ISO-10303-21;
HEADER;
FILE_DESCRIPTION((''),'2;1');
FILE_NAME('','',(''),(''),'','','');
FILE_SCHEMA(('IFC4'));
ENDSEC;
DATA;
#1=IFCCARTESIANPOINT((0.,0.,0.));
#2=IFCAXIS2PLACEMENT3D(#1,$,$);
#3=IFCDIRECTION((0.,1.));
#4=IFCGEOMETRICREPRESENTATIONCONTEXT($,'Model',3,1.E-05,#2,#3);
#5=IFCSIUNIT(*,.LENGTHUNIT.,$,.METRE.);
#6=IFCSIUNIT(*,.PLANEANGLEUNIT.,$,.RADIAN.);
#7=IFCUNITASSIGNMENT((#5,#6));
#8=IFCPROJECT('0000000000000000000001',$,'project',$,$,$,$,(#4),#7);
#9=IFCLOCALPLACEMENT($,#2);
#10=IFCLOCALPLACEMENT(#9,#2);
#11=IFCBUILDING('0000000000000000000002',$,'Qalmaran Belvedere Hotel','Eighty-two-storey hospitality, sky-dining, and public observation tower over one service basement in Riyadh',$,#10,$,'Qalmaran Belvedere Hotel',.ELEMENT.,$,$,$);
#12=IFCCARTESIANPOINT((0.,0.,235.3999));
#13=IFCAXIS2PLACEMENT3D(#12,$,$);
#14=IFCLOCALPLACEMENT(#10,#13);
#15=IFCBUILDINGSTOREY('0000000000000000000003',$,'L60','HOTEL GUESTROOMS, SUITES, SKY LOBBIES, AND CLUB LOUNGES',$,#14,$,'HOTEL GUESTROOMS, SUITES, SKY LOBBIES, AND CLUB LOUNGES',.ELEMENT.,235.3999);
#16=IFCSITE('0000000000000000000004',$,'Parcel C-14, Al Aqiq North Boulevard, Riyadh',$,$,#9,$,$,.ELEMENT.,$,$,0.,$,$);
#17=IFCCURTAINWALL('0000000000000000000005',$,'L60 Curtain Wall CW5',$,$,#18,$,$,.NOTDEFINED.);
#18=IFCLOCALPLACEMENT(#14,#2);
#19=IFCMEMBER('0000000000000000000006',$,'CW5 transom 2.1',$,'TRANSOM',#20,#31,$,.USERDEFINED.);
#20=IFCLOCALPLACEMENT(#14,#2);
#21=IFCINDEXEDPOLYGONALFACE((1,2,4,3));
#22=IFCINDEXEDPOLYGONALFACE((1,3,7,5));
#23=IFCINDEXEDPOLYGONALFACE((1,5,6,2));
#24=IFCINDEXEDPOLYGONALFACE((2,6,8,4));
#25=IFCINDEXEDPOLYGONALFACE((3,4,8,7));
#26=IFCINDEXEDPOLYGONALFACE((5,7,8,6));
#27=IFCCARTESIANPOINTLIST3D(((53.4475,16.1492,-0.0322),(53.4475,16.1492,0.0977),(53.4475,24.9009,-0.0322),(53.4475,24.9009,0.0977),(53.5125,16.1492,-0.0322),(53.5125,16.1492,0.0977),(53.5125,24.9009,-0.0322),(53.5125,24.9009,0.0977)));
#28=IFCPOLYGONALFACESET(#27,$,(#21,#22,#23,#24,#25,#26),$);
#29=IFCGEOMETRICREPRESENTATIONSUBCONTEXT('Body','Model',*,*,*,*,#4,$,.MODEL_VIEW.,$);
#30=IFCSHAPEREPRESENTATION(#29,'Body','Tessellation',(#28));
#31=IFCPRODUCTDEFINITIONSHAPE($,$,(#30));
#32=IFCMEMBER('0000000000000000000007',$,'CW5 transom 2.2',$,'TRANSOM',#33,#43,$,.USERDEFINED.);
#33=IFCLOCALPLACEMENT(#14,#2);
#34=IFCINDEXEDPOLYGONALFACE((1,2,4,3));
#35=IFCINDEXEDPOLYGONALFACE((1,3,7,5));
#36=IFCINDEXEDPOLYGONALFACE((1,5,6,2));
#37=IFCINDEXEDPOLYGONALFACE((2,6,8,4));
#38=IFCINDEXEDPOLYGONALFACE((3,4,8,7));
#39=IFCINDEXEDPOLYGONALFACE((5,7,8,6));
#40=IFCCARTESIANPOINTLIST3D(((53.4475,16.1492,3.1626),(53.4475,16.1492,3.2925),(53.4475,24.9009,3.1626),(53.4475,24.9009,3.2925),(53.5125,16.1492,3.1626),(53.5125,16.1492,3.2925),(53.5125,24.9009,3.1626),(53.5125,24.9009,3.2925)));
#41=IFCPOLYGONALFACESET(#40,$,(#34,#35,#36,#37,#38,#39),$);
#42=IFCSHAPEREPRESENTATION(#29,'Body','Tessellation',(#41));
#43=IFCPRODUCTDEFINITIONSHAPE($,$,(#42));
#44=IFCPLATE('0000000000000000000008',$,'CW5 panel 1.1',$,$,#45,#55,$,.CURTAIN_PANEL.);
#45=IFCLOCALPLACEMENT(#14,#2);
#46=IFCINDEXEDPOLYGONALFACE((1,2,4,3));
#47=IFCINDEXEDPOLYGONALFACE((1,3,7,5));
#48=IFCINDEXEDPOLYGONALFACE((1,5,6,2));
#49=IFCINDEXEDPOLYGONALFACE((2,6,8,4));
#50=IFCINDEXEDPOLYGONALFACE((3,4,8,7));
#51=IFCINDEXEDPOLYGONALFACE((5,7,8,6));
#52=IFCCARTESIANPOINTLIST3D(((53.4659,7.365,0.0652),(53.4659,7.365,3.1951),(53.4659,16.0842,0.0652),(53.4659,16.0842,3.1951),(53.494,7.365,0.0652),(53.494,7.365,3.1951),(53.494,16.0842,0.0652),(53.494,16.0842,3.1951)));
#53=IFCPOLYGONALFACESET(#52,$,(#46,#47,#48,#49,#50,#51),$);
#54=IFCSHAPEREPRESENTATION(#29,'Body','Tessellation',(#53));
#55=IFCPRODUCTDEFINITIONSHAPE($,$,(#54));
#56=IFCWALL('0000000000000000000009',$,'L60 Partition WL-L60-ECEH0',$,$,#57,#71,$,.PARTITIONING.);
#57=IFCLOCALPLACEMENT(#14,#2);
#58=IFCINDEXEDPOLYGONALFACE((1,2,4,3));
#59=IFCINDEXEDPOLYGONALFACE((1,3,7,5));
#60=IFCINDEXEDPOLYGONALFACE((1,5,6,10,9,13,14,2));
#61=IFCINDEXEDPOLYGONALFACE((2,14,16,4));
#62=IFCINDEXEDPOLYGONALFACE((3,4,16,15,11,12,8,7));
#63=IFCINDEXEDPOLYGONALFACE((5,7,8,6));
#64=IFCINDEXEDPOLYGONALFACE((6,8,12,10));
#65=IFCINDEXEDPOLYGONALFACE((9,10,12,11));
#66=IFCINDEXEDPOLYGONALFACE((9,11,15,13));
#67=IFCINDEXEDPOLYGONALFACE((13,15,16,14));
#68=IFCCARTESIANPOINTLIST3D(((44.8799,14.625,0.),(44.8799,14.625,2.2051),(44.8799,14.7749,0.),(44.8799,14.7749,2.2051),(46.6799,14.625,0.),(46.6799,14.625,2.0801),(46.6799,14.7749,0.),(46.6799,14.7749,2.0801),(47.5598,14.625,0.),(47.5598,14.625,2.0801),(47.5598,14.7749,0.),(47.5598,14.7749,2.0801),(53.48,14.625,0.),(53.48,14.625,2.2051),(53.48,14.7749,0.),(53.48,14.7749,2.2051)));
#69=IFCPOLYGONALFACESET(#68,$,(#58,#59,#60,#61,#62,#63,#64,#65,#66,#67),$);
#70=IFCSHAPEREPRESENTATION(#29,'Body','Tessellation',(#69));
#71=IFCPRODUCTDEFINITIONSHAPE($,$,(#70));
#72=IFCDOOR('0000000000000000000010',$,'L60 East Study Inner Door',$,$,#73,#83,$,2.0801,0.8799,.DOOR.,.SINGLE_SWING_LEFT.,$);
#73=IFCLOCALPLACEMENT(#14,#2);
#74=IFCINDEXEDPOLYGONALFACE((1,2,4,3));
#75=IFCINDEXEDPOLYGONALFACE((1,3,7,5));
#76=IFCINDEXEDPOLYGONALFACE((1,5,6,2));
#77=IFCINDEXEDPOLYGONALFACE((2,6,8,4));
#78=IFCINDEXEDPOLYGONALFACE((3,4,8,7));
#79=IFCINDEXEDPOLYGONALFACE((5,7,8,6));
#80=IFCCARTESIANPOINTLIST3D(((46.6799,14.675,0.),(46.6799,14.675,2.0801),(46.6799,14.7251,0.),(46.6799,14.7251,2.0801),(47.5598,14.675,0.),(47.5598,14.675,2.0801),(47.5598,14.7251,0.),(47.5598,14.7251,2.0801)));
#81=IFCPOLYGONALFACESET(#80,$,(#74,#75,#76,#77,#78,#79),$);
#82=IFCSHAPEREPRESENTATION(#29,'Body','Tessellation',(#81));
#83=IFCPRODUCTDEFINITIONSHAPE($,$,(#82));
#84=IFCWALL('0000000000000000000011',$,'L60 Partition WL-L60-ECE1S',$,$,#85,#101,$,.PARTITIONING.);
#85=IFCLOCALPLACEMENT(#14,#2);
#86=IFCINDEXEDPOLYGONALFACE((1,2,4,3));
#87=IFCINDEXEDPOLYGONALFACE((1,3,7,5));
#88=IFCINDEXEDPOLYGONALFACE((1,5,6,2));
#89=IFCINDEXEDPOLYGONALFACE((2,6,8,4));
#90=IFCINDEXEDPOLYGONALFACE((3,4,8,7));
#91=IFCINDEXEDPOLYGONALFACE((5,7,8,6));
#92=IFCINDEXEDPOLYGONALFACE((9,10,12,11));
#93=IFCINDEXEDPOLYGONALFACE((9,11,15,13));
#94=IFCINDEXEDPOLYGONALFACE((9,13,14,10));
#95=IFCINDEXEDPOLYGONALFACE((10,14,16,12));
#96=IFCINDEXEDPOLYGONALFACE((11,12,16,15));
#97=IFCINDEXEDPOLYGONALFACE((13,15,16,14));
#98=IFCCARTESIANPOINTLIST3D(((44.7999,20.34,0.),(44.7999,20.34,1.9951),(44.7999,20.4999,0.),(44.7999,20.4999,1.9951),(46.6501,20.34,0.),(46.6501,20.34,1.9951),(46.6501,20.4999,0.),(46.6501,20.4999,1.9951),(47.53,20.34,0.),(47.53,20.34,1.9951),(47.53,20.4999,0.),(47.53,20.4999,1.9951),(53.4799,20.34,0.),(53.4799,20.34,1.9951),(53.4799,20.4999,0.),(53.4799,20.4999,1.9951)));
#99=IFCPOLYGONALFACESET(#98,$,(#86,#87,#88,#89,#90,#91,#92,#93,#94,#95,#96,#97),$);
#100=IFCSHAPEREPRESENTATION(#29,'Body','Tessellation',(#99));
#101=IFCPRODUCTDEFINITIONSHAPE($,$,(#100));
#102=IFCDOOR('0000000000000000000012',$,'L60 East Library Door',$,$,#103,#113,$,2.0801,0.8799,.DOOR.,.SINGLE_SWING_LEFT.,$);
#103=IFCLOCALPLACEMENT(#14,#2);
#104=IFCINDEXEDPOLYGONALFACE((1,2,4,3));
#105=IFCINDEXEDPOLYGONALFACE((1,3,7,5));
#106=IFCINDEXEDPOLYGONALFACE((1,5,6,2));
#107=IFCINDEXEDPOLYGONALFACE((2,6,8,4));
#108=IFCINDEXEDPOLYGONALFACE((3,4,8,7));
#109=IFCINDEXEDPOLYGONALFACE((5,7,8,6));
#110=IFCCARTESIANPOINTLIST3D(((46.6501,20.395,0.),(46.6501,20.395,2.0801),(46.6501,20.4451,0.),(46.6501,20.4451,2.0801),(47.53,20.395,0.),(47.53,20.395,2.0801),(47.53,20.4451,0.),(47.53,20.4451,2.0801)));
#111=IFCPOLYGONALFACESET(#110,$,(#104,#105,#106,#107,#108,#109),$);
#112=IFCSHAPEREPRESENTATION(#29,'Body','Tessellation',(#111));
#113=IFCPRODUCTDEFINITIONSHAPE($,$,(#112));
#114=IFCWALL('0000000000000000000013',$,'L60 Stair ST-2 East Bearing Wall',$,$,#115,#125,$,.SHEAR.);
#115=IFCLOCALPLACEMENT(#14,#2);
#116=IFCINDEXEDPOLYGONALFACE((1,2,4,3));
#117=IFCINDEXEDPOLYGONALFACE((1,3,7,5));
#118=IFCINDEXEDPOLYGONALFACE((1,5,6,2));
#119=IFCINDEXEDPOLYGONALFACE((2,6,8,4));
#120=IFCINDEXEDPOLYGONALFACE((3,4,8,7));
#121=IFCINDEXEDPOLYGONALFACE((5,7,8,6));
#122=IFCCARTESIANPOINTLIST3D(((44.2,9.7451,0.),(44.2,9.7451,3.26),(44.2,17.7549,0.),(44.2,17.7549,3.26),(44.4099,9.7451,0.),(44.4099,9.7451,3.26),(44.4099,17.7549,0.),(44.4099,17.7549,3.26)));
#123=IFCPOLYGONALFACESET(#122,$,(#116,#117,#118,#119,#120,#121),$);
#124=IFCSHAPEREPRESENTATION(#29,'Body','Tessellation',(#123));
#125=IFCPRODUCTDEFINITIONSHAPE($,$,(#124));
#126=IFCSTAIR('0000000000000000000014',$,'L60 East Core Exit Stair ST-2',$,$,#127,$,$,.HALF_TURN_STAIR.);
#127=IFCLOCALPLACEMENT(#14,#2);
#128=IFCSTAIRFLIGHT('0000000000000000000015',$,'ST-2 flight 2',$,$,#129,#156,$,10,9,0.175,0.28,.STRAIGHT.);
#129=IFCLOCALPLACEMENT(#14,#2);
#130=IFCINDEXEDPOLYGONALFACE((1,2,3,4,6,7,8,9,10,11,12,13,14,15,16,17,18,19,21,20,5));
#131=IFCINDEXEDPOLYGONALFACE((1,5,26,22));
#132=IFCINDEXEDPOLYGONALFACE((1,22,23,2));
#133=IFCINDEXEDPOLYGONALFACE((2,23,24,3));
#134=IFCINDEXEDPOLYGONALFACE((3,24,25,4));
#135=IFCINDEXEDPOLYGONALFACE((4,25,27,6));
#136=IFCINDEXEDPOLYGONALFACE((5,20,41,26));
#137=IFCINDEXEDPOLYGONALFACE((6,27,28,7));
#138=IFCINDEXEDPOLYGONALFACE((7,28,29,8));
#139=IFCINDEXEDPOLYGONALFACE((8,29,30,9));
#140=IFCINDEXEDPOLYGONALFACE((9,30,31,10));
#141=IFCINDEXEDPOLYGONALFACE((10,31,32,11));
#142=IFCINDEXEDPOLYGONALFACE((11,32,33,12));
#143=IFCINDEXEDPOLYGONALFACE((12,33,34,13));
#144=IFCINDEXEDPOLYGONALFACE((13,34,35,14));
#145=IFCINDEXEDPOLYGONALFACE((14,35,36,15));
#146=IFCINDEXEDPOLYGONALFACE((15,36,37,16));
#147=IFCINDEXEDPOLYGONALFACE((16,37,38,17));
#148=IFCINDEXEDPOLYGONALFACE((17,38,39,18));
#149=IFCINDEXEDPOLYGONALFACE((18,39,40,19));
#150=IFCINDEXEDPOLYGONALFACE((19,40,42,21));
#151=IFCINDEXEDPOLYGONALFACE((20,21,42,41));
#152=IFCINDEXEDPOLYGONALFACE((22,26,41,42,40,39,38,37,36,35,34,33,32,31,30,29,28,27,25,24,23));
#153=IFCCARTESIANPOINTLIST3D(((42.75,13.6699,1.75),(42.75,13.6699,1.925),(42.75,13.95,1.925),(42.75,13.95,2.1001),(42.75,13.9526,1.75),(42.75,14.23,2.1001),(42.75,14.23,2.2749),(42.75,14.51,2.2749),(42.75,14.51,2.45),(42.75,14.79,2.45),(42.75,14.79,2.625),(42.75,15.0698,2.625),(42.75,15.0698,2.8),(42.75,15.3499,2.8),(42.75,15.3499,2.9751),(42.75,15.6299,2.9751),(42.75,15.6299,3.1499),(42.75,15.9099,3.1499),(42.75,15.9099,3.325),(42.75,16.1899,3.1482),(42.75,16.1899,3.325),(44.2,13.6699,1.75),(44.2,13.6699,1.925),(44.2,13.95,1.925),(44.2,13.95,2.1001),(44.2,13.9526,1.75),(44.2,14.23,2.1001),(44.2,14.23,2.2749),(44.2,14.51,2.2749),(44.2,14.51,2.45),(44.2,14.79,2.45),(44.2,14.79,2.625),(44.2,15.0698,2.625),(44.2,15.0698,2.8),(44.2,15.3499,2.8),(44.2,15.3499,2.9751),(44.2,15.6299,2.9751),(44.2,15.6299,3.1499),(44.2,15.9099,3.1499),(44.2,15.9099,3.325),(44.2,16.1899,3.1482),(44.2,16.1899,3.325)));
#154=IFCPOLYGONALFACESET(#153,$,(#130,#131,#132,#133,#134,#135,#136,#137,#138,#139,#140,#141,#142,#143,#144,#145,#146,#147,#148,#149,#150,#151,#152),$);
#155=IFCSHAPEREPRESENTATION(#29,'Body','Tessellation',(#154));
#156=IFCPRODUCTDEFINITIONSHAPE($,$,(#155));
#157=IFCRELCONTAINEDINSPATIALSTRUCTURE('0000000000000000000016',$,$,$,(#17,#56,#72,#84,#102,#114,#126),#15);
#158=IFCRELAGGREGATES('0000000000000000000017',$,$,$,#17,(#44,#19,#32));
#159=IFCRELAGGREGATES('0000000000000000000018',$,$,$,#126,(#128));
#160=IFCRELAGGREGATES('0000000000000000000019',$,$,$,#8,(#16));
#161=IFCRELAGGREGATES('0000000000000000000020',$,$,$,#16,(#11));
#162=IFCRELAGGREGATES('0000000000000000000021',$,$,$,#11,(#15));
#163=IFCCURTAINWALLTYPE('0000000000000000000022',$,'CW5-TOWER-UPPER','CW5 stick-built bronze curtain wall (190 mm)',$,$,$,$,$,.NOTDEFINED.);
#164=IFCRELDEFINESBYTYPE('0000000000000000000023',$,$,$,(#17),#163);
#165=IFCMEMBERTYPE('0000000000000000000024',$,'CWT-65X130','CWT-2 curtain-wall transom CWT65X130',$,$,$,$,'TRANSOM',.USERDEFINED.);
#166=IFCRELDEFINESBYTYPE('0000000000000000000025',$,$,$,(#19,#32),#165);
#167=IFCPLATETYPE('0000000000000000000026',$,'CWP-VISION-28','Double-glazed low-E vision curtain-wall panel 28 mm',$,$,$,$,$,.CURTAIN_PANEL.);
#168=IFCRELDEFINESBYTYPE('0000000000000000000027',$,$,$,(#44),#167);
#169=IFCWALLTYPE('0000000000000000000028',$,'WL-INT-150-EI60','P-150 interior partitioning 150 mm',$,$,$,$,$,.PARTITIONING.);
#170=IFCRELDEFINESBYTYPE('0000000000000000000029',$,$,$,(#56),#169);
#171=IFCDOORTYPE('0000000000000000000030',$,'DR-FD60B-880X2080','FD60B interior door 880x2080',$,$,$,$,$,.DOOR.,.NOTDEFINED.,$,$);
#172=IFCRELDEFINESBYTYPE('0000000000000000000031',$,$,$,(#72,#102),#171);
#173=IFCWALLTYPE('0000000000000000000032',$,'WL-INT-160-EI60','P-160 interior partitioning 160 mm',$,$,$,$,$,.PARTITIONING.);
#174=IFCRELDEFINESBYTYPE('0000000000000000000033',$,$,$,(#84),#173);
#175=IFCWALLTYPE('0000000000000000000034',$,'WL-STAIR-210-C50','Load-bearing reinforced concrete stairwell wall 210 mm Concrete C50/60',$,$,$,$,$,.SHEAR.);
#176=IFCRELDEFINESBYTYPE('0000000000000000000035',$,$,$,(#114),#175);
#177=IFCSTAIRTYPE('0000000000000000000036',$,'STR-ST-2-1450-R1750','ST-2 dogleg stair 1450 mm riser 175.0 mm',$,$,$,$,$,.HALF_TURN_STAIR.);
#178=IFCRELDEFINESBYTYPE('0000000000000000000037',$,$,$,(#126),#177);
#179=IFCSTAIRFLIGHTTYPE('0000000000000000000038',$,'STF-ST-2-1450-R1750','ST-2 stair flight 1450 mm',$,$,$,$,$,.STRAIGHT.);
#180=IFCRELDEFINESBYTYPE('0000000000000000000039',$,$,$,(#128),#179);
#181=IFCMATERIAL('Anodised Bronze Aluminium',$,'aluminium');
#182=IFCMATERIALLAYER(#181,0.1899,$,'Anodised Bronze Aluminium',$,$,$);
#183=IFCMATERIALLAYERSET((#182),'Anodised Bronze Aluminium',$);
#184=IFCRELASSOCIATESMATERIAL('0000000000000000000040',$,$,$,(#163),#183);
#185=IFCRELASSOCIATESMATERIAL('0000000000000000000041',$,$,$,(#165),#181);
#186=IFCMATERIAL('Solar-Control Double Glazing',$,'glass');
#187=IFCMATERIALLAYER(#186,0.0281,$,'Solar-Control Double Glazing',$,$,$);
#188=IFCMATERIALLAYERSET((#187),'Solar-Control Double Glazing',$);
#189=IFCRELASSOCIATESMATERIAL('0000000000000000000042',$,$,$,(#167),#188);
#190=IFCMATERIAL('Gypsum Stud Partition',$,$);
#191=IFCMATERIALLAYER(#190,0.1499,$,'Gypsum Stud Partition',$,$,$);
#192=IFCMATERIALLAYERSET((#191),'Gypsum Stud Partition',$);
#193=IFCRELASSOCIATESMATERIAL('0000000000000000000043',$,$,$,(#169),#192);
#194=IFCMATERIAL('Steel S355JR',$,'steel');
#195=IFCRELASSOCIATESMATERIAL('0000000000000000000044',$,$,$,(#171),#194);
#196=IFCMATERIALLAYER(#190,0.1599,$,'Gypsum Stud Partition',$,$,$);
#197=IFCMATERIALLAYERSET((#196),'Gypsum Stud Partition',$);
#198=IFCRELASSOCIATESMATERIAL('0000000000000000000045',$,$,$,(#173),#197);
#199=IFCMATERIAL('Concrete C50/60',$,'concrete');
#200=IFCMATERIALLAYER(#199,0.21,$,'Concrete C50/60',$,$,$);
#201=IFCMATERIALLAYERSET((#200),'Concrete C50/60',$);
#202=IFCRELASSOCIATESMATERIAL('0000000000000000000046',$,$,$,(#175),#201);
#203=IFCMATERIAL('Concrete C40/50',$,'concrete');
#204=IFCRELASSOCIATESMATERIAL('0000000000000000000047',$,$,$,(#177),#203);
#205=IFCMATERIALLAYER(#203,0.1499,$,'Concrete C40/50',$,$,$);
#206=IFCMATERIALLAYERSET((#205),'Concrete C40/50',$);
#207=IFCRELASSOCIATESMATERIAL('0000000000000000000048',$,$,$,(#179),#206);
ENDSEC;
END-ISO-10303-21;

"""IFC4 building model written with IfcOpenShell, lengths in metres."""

from ifc_helpers import new_model, si_unit, direction, frame, frame_2d, origin, origin_2d, place, context, subcontext, project, spatial, polyline, rectangle, outline, extrude, material, layer, layer_set, material_profile, profile_set, type_object, element, fill, aggregate, save


model = new_model("IFC4")

# Units and contexts
model_context = context("Model", 3, precision=1e-05, world=origin(), true_north=direction((0.0, 1.0)))
body_context = subcontext(model_context, "Body", "Model", "MODEL_VIEW")
ifc_project = project(units=[si_unit("LENGTHUNIT", "METRE"), si_unit("PLANEANGLEUNIT", "RADIAN")], contexts=[model_context])

# Site, building, storey
site_placement = place(None, origin())
site = spatial("IfcSite", under=ifc_project, at=site_placement, Name="Parcel C-14, Al Aqiq North Boulevard, Riyadh", CompositionType="ELEMENT", RefElevation=0.0)
building_placement = place(site_placement, origin())
building = spatial("IfcBuilding", under=site, at=building_placement, Name="Qalmaran Belvedere Hotel", Description="Eighty-two-storey hospitality, sky-dining, and public observation tower over one service basement in Riyadh", LongName="Qalmaran Belvedere Hotel", CompositionType="ELEMENT")
storey_placement = place(building_placement, frame((0.0, 0.0, 235.3999)))
storey = spatial("IfcBuildingStorey", under=building, at=storey_placement, Name="L60", Description="HOTEL GUESTROOMS, SUITES, SKY LOBBIES, AND CLUB LOUNGES", LongName="HOTEL GUESTROOMS, SUITES, SKY LOBBIES, AND CLUB LOUNGES", CompositionType="ELEMENT", Elevation=235.3999)

# Shared definitions
ifc_material_1 = material(Name="Concrete C50/60", Category="concrete")

# Shared definitions
ifc_material_2 = material(Name="Steel S355JR", Category="steel")

# Curtain wall, members, plate
ifc_material_3 = material(Name="Anodised Bronze Aluminium", Category="aluminium")
ifc_layer_1 = layer(ifc_material_3, 0.1899, Name="Anodised Bronze Aluminium")
ifc_layer_set_1 = layer_set([ifc_layer_1], Name="Anodised Bronze Aluminium")
curtain_wall_type = type_object("IfcCurtainWallType", Name="CW5-TOWER-UPPER", Description="CW5 stick-built bronze curtain wall (190 mm)", PredefinedType="NOTDEFINED", material=ifc_layer_set_1)
curtain_wall_placement = place(storey_placement, origin())
curtain_wall = element("IfcCurtainWall", 1, at=curtain_wall_placement, inside=storey, type_object=curtain_wall_type, Name="L60 Curtain Wall CW5", PredefinedType="NOTDEFINED")
ifc_material_profile_1 = material_profile(ifc_material_3, rectangle(XDim=0.0649, YDim=0.1299, at=origin_2d()), Name="CWT65X130")
ifc_profile_set_1 = profile_set([ifc_material_profile_1], Name="Anodised Bronze Aluminium")
member_type_1 = type_object("IfcMemberType", Name="CWT-65X130", Description="CWT-2 curtain-wall transom CWT65X130", ElementType="TRANSOM", PredefinedType="USERDEFINED", material=ifc_profile_set_1)
member_1_placement = place(storey_placement, frame((53.48, 16.1492, 0.0327), z_axis=(0.0, 1.0, 0.0), x_axis=(-1.0, 0.0, 0.0)))
member_1 = element("IfcMember", 2, at=member_1_placement, type_object=member_type_1, Name="CW5 transom 2.1", ObjectType="TRANSOM", PredefinedType="USERDEFINED", context=body_context, shape_type="SweptSolid", body=[
    extrude(rectangle(XDim=0.0649, YDim=0.1299, at=origin_2d()), origin(), (0.0, 0.0, 1.0), 8.7517),
])
member_2_placement = place(storey_placement, frame((53.48, 16.1492, 3.2275), z_axis=(0.0, 1.0, 0.0), x_axis=(-1.0, 0.0, 0.0)))
member_2 = element("IfcMember", 3, at=member_2_placement, type_object=member_type_1, Name="CW5 transom 2.2", ObjectType="TRANSOM", PredefinedType="USERDEFINED", context=body_context, shape_type="SweptSolid", body=[
    extrude(rectangle(XDim=0.0649, YDim=0.1299, at=origin_2d()), origin(), (0.0, 0.0, 1.0), 8.7517),
])
ifc_material_4 = material(Name="Solar-Control Double Glazing", Category="glass")
ifc_layer_2 = layer(ifc_material_4, 0.0281, Name="Solar-Control Double Glazing")
ifc_layer_set_2 = layer_set([ifc_layer_2], Name="Solar-Control Double Glazing")
plate_type = type_object("IfcPlateType", Name="CWP-VISION-28", Description="Double-glazed low-E vision curtain-wall panel 28 mm", PredefinedType="CURTAIN_PANEL", material=ifc_layer_set_2)
plate_placement = place(storey_placement, frame((53.48, 11.7246, 0.0652), z_axis=(0.0, 0.0, 1.0), x_axis=(0.0, 1.0, 0.0)))
plate = element("IfcPlate", 4, at=plate_placement, type_object=plate_type, Name="CW5 panel 1.1", PredefinedType="CURTAIN_PANEL", context=body_context, shape_type="SweptSolid", body=[
    extrude(rectangle(XDim=8.7192, YDim=0.0281, at=origin_2d()), origin(), (0.0, 0.0, 1.0), 3.1299),
])
aggregate(curtain_wall, [plate, member_1, member_2])

# Walls, openings, doors
ifc_material_5 = material(Name="Gypsum Stud Partition")
ifc_layer_3 = layer(ifc_material_5, 0.1499, Name="Gypsum Stud Partition")
ifc_layer_set_3 = layer_set([ifc_layer_3], Name="Gypsum Stud Partition")
wall_type_1 = type_object("IfcWallType", Name="WL-INT-150-EI60", Description="P-150 interior partitioning 150 mm", PredefinedType="PARTITIONING", material=ifc_layer_set_3)
wall_1_placement = place(storey_placement, frame((44.8799, 14.7, 0.0), z_axis=(0.0, 0.0, 1.0), x_axis=(1.0, 0.0, 0.0)))
wall_1 = element("IfcWall", 5, at=wall_1_placement, inside=storey, type_object=wall_type_1, Name="L60 Partition WL-L60-ECEH0", PredefinedType="PARTITIONING", context=body_context, shape_type="SweptSolid", body=[
    extrude(rectangle(XDim=8.6001, YDim=0.1499, at=frame_2d((4.3, 0.0))), origin(), (0.0, 0.0, 1.0), 2.2051),
])
opening_1_placement = place(wall_1_placement, frame((2.6799, 0.0, 0.0), z_axis=(0.0, 0.0, 1.0), x_axis=(-1.0, 0.0, 0.0)))
opening_1 = element("IfcOpeningElement", 6, at=opening_1_placement, cuts=wall_1, PredefinedType="OPENING", context=body_context, shape_type="SweptSolid", body=[
    extrude(rectangle(XDim=0.8799, YDim=2.0801, at=frame_2d((0.4399, 1.04))), frame((0.0, 0.085, 0.0), z_axis=(0.0, -1.0, 0.0), x_axis=(1.0, 0.0, 0.0)), (0.0, 0.0, 1.0), 0.1699),
])
door_type = type_object("IfcDoorType", Name="DR-FD60B-880X2080", Description="FD60B interior door 880x2080", OperationType="NOTDEFINED", PredefinedType="DOOR", material=ifc_material_2)
door_1_placement = place(opening_1_placement, origin())
door_1 = element("IfcDoor", 7, at=door_1_placement, inside=storey, type_object=door_type, Name="L60 East Study Inner Door", OperationType="SINGLE_SWING_LEFT", OverallHeight=2.0801, OverallWidth=0.8799, PredefinedType="DOOR", context=body_context, shape_type="SweptSolid", body=[
    extrude(rectangle(XDim=0.8799, YDim=2.0801, at=frame_2d((0.4399, 1.04))), frame((0.0, 0.0249, 0.0), z_axis=(0.0, -1.0, 0.0), x_axis=(1.0, 0.0, 0.0)), (0.0, 0.0, 1.0), 0.05),
])
fill(opening_1, door_1)
ifc_layer_4 = layer(ifc_material_5, 0.1599, Name="Gypsum Stud Partition")
ifc_layer_set_4 = layer_set([ifc_layer_4], Name="Gypsum Stud Partition")
wall_type_2 = type_object("IfcWallType", Name="WL-INT-160-EI60", Description="P-160 interior partitioning 160 mm", PredefinedType="PARTITIONING", material=ifc_layer_set_4)
wall_2_placement = place(storey_placement, frame((44.8, 20.4199, 0.0), z_axis=(0.0, 0.0, 1.0), x_axis=(1.0, 0.0, 0.0)))
wall_2 = element("IfcWall", 8, at=wall_2_placement, inside=storey, type_object=wall_type_2, Name="L60 Partition WL-L60-ECE1S", PredefinedType="PARTITIONING", context=body_context, shape_type="SweptSolid", body=[
    extrude(rectangle(XDim=8.6799, YDim=0.1599, at=frame_2d((4.3398, 0.0))), origin(), (0.0, 0.0, 1.0), 1.9951),
])
opening_2_placement = place(wall_2_placement, frame((2.73, 0.0, 0.0), z_axis=(0.0, 0.0, 1.0), x_axis=(-1.0, 0.0, 0.0)))
opening_2 = element("IfcOpeningElement", 9, at=opening_2_placement, cuts=wall_2, PredefinedType="OPENING", context=body_context, shape_type="SweptSolid", body=[
    extrude(rectangle(XDim=0.8799, YDim=2.0801, at=frame_2d((0.4399, 1.04))), frame((0.0, 0.0898, 0.0), z_axis=(0.0, -1.0, 0.0), x_axis=(1.0, 0.0, 0.0)), (0.0, 0.0, 1.0), 0.1799),
])
door_2_placement = place(opening_2_placement, origin())
door_2 = element("IfcDoor", 10, at=door_2_placement, inside=storey, type_object=door_type, Name="L60 East Library Door", OperationType="SINGLE_SWING_LEFT", OverallHeight=2.0801, OverallWidth=0.8799, PredefinedType="DOOR", context=body_context, shape_type="SweptSolid", body=[
    extrude(rectangle(XDim=0.8799, YDim=2.0801, at=frame_2d((0.4399, 1.04))), frame((0.0, 0.0249, 0.0), z_axis=(0.0, -1.0, 0.0), x_axis=(1.0, 0.0, 0.0)), (0.0, 0.0, 1.0), 0.05),
])
fill(opening_2, door_2)

# Wall
ifc_layer_5 = layer(ifc_material_1, 0.21, Name="Concrete C50/60")
ifc_layer_set_5 = layer_set([ifc_layer_5], Name="Concrete C50/60")
wall_type_3 = type_object("IfcWallType", Name="WL-STAIR-210-C50", Description="Load-bearing reinforced concrete stairwell wall 210 mm Concrete C50/60", PredefinedType="SHEAR", material=ifc_layer_set_5)
wall_3_placement = place(storey_placement, frame((44.3049, 9.7451, 0.0), z_axis=(0.0, 0.0, 1.0), x_axis=(0.0, 1.0, 0.0)))
element("IfcWall", 11, at=wall_3_placement, inside=storey, type_object=wall_type_3, Name="L60 Stair ST-2 East Bearing Wall", PredefinedType="SHEAR", context=body_context, shape_type="SweptSolid", body=[
    extrude(rectangle(XDim=8.0098, YDim=0.21, at=frame_2d((4.0049, 0.0))), origin(), (0.0, 0.0, 1.0), 3.26),
])

# Stair, stair flight
ifc_material_6 = material(Name="Concrete C40/50", Category="concrete")
stair_type = type_object("IfcStairType", Name="STR-ST-2-1450-R1750", Description="ST-2 dogleg stair 1450 mm riser 175.0 mm", PredefinedType="HALF_TURN_STAIR", material=ifc_material_6)
stair_placement = place(storey_placement, origin())
stair = element("IfcStair", 12, at=stair_placement, inside=storey, type_object=stair_type, Name="L60 East Core Exit Stair ST-2", PredefinedType="HALF_TURN_STAIR")
ifc_layer_6 = layer(ifc_material_6, 0.1499, Name="Concrete C40/50")
ifc_layer_set_6 = layer_set([ifc_layer_6], Name="Concrete C40/50")
stair_flight_type = type_object("IfcStairFlightType", Name="STF-ST-2-1450-R1750", Description="ST-2 stair flight 1450 mm", PredefinedType="STRAIGHT", material=ifc_layer_set_6)
stair_flight_placement = place(storey_placement, frame((43.4751, 13.6699, 1.75), z_axis=(0.0, 0.0, 1.0), x_axis=(0.0, 1.0, 0.0)))
stair_flight = element("IfcStairFlight", 13, at=stair_flight_placement, type_object=stair_flight_type, Name="ST-2 flight 2", NumberOfRisers=10, NumberOfTreads=9, PredefinedType="STRAIGHT", RiserHeight=0.175, TreadLength=0.28, context=body_context, shape_type="SweptSolid", body=[
    extrude(outline(polyline([(0.0, 0.0), (0.0, 0.175), (0.28, 0.175), (0.28, 0.3501), (0.5601, 0.3501), (0.5601, 0.5249), (0.8401, 0.5249), (0.8401, 0.7), (1.1201, 0.7), (1.1201, 0.875), (1.3999, 0.875), (1.3999, 1.05), (1.6799, 1.05), (1.6799, 1.2251), (1.96, 1.2251), (1.96, 1.3999), (2.24, 1.3999), (2.24, 1.575), (2.52, 1.575), (2.52, 1.75), (2.52, 1.3982), (0.2827, 0.0), (0.0, 0.0)])), frame((0.0, 0.7251, 0.0), z_axis=(0.0, -1.0, 0.0), x_axis=(1.0, 0.0, 0.0)), (0.0, 0.0, 1.0), 1.45),
])
aggregate(stair, [stair_flight])

save(model, "model.ifc")
